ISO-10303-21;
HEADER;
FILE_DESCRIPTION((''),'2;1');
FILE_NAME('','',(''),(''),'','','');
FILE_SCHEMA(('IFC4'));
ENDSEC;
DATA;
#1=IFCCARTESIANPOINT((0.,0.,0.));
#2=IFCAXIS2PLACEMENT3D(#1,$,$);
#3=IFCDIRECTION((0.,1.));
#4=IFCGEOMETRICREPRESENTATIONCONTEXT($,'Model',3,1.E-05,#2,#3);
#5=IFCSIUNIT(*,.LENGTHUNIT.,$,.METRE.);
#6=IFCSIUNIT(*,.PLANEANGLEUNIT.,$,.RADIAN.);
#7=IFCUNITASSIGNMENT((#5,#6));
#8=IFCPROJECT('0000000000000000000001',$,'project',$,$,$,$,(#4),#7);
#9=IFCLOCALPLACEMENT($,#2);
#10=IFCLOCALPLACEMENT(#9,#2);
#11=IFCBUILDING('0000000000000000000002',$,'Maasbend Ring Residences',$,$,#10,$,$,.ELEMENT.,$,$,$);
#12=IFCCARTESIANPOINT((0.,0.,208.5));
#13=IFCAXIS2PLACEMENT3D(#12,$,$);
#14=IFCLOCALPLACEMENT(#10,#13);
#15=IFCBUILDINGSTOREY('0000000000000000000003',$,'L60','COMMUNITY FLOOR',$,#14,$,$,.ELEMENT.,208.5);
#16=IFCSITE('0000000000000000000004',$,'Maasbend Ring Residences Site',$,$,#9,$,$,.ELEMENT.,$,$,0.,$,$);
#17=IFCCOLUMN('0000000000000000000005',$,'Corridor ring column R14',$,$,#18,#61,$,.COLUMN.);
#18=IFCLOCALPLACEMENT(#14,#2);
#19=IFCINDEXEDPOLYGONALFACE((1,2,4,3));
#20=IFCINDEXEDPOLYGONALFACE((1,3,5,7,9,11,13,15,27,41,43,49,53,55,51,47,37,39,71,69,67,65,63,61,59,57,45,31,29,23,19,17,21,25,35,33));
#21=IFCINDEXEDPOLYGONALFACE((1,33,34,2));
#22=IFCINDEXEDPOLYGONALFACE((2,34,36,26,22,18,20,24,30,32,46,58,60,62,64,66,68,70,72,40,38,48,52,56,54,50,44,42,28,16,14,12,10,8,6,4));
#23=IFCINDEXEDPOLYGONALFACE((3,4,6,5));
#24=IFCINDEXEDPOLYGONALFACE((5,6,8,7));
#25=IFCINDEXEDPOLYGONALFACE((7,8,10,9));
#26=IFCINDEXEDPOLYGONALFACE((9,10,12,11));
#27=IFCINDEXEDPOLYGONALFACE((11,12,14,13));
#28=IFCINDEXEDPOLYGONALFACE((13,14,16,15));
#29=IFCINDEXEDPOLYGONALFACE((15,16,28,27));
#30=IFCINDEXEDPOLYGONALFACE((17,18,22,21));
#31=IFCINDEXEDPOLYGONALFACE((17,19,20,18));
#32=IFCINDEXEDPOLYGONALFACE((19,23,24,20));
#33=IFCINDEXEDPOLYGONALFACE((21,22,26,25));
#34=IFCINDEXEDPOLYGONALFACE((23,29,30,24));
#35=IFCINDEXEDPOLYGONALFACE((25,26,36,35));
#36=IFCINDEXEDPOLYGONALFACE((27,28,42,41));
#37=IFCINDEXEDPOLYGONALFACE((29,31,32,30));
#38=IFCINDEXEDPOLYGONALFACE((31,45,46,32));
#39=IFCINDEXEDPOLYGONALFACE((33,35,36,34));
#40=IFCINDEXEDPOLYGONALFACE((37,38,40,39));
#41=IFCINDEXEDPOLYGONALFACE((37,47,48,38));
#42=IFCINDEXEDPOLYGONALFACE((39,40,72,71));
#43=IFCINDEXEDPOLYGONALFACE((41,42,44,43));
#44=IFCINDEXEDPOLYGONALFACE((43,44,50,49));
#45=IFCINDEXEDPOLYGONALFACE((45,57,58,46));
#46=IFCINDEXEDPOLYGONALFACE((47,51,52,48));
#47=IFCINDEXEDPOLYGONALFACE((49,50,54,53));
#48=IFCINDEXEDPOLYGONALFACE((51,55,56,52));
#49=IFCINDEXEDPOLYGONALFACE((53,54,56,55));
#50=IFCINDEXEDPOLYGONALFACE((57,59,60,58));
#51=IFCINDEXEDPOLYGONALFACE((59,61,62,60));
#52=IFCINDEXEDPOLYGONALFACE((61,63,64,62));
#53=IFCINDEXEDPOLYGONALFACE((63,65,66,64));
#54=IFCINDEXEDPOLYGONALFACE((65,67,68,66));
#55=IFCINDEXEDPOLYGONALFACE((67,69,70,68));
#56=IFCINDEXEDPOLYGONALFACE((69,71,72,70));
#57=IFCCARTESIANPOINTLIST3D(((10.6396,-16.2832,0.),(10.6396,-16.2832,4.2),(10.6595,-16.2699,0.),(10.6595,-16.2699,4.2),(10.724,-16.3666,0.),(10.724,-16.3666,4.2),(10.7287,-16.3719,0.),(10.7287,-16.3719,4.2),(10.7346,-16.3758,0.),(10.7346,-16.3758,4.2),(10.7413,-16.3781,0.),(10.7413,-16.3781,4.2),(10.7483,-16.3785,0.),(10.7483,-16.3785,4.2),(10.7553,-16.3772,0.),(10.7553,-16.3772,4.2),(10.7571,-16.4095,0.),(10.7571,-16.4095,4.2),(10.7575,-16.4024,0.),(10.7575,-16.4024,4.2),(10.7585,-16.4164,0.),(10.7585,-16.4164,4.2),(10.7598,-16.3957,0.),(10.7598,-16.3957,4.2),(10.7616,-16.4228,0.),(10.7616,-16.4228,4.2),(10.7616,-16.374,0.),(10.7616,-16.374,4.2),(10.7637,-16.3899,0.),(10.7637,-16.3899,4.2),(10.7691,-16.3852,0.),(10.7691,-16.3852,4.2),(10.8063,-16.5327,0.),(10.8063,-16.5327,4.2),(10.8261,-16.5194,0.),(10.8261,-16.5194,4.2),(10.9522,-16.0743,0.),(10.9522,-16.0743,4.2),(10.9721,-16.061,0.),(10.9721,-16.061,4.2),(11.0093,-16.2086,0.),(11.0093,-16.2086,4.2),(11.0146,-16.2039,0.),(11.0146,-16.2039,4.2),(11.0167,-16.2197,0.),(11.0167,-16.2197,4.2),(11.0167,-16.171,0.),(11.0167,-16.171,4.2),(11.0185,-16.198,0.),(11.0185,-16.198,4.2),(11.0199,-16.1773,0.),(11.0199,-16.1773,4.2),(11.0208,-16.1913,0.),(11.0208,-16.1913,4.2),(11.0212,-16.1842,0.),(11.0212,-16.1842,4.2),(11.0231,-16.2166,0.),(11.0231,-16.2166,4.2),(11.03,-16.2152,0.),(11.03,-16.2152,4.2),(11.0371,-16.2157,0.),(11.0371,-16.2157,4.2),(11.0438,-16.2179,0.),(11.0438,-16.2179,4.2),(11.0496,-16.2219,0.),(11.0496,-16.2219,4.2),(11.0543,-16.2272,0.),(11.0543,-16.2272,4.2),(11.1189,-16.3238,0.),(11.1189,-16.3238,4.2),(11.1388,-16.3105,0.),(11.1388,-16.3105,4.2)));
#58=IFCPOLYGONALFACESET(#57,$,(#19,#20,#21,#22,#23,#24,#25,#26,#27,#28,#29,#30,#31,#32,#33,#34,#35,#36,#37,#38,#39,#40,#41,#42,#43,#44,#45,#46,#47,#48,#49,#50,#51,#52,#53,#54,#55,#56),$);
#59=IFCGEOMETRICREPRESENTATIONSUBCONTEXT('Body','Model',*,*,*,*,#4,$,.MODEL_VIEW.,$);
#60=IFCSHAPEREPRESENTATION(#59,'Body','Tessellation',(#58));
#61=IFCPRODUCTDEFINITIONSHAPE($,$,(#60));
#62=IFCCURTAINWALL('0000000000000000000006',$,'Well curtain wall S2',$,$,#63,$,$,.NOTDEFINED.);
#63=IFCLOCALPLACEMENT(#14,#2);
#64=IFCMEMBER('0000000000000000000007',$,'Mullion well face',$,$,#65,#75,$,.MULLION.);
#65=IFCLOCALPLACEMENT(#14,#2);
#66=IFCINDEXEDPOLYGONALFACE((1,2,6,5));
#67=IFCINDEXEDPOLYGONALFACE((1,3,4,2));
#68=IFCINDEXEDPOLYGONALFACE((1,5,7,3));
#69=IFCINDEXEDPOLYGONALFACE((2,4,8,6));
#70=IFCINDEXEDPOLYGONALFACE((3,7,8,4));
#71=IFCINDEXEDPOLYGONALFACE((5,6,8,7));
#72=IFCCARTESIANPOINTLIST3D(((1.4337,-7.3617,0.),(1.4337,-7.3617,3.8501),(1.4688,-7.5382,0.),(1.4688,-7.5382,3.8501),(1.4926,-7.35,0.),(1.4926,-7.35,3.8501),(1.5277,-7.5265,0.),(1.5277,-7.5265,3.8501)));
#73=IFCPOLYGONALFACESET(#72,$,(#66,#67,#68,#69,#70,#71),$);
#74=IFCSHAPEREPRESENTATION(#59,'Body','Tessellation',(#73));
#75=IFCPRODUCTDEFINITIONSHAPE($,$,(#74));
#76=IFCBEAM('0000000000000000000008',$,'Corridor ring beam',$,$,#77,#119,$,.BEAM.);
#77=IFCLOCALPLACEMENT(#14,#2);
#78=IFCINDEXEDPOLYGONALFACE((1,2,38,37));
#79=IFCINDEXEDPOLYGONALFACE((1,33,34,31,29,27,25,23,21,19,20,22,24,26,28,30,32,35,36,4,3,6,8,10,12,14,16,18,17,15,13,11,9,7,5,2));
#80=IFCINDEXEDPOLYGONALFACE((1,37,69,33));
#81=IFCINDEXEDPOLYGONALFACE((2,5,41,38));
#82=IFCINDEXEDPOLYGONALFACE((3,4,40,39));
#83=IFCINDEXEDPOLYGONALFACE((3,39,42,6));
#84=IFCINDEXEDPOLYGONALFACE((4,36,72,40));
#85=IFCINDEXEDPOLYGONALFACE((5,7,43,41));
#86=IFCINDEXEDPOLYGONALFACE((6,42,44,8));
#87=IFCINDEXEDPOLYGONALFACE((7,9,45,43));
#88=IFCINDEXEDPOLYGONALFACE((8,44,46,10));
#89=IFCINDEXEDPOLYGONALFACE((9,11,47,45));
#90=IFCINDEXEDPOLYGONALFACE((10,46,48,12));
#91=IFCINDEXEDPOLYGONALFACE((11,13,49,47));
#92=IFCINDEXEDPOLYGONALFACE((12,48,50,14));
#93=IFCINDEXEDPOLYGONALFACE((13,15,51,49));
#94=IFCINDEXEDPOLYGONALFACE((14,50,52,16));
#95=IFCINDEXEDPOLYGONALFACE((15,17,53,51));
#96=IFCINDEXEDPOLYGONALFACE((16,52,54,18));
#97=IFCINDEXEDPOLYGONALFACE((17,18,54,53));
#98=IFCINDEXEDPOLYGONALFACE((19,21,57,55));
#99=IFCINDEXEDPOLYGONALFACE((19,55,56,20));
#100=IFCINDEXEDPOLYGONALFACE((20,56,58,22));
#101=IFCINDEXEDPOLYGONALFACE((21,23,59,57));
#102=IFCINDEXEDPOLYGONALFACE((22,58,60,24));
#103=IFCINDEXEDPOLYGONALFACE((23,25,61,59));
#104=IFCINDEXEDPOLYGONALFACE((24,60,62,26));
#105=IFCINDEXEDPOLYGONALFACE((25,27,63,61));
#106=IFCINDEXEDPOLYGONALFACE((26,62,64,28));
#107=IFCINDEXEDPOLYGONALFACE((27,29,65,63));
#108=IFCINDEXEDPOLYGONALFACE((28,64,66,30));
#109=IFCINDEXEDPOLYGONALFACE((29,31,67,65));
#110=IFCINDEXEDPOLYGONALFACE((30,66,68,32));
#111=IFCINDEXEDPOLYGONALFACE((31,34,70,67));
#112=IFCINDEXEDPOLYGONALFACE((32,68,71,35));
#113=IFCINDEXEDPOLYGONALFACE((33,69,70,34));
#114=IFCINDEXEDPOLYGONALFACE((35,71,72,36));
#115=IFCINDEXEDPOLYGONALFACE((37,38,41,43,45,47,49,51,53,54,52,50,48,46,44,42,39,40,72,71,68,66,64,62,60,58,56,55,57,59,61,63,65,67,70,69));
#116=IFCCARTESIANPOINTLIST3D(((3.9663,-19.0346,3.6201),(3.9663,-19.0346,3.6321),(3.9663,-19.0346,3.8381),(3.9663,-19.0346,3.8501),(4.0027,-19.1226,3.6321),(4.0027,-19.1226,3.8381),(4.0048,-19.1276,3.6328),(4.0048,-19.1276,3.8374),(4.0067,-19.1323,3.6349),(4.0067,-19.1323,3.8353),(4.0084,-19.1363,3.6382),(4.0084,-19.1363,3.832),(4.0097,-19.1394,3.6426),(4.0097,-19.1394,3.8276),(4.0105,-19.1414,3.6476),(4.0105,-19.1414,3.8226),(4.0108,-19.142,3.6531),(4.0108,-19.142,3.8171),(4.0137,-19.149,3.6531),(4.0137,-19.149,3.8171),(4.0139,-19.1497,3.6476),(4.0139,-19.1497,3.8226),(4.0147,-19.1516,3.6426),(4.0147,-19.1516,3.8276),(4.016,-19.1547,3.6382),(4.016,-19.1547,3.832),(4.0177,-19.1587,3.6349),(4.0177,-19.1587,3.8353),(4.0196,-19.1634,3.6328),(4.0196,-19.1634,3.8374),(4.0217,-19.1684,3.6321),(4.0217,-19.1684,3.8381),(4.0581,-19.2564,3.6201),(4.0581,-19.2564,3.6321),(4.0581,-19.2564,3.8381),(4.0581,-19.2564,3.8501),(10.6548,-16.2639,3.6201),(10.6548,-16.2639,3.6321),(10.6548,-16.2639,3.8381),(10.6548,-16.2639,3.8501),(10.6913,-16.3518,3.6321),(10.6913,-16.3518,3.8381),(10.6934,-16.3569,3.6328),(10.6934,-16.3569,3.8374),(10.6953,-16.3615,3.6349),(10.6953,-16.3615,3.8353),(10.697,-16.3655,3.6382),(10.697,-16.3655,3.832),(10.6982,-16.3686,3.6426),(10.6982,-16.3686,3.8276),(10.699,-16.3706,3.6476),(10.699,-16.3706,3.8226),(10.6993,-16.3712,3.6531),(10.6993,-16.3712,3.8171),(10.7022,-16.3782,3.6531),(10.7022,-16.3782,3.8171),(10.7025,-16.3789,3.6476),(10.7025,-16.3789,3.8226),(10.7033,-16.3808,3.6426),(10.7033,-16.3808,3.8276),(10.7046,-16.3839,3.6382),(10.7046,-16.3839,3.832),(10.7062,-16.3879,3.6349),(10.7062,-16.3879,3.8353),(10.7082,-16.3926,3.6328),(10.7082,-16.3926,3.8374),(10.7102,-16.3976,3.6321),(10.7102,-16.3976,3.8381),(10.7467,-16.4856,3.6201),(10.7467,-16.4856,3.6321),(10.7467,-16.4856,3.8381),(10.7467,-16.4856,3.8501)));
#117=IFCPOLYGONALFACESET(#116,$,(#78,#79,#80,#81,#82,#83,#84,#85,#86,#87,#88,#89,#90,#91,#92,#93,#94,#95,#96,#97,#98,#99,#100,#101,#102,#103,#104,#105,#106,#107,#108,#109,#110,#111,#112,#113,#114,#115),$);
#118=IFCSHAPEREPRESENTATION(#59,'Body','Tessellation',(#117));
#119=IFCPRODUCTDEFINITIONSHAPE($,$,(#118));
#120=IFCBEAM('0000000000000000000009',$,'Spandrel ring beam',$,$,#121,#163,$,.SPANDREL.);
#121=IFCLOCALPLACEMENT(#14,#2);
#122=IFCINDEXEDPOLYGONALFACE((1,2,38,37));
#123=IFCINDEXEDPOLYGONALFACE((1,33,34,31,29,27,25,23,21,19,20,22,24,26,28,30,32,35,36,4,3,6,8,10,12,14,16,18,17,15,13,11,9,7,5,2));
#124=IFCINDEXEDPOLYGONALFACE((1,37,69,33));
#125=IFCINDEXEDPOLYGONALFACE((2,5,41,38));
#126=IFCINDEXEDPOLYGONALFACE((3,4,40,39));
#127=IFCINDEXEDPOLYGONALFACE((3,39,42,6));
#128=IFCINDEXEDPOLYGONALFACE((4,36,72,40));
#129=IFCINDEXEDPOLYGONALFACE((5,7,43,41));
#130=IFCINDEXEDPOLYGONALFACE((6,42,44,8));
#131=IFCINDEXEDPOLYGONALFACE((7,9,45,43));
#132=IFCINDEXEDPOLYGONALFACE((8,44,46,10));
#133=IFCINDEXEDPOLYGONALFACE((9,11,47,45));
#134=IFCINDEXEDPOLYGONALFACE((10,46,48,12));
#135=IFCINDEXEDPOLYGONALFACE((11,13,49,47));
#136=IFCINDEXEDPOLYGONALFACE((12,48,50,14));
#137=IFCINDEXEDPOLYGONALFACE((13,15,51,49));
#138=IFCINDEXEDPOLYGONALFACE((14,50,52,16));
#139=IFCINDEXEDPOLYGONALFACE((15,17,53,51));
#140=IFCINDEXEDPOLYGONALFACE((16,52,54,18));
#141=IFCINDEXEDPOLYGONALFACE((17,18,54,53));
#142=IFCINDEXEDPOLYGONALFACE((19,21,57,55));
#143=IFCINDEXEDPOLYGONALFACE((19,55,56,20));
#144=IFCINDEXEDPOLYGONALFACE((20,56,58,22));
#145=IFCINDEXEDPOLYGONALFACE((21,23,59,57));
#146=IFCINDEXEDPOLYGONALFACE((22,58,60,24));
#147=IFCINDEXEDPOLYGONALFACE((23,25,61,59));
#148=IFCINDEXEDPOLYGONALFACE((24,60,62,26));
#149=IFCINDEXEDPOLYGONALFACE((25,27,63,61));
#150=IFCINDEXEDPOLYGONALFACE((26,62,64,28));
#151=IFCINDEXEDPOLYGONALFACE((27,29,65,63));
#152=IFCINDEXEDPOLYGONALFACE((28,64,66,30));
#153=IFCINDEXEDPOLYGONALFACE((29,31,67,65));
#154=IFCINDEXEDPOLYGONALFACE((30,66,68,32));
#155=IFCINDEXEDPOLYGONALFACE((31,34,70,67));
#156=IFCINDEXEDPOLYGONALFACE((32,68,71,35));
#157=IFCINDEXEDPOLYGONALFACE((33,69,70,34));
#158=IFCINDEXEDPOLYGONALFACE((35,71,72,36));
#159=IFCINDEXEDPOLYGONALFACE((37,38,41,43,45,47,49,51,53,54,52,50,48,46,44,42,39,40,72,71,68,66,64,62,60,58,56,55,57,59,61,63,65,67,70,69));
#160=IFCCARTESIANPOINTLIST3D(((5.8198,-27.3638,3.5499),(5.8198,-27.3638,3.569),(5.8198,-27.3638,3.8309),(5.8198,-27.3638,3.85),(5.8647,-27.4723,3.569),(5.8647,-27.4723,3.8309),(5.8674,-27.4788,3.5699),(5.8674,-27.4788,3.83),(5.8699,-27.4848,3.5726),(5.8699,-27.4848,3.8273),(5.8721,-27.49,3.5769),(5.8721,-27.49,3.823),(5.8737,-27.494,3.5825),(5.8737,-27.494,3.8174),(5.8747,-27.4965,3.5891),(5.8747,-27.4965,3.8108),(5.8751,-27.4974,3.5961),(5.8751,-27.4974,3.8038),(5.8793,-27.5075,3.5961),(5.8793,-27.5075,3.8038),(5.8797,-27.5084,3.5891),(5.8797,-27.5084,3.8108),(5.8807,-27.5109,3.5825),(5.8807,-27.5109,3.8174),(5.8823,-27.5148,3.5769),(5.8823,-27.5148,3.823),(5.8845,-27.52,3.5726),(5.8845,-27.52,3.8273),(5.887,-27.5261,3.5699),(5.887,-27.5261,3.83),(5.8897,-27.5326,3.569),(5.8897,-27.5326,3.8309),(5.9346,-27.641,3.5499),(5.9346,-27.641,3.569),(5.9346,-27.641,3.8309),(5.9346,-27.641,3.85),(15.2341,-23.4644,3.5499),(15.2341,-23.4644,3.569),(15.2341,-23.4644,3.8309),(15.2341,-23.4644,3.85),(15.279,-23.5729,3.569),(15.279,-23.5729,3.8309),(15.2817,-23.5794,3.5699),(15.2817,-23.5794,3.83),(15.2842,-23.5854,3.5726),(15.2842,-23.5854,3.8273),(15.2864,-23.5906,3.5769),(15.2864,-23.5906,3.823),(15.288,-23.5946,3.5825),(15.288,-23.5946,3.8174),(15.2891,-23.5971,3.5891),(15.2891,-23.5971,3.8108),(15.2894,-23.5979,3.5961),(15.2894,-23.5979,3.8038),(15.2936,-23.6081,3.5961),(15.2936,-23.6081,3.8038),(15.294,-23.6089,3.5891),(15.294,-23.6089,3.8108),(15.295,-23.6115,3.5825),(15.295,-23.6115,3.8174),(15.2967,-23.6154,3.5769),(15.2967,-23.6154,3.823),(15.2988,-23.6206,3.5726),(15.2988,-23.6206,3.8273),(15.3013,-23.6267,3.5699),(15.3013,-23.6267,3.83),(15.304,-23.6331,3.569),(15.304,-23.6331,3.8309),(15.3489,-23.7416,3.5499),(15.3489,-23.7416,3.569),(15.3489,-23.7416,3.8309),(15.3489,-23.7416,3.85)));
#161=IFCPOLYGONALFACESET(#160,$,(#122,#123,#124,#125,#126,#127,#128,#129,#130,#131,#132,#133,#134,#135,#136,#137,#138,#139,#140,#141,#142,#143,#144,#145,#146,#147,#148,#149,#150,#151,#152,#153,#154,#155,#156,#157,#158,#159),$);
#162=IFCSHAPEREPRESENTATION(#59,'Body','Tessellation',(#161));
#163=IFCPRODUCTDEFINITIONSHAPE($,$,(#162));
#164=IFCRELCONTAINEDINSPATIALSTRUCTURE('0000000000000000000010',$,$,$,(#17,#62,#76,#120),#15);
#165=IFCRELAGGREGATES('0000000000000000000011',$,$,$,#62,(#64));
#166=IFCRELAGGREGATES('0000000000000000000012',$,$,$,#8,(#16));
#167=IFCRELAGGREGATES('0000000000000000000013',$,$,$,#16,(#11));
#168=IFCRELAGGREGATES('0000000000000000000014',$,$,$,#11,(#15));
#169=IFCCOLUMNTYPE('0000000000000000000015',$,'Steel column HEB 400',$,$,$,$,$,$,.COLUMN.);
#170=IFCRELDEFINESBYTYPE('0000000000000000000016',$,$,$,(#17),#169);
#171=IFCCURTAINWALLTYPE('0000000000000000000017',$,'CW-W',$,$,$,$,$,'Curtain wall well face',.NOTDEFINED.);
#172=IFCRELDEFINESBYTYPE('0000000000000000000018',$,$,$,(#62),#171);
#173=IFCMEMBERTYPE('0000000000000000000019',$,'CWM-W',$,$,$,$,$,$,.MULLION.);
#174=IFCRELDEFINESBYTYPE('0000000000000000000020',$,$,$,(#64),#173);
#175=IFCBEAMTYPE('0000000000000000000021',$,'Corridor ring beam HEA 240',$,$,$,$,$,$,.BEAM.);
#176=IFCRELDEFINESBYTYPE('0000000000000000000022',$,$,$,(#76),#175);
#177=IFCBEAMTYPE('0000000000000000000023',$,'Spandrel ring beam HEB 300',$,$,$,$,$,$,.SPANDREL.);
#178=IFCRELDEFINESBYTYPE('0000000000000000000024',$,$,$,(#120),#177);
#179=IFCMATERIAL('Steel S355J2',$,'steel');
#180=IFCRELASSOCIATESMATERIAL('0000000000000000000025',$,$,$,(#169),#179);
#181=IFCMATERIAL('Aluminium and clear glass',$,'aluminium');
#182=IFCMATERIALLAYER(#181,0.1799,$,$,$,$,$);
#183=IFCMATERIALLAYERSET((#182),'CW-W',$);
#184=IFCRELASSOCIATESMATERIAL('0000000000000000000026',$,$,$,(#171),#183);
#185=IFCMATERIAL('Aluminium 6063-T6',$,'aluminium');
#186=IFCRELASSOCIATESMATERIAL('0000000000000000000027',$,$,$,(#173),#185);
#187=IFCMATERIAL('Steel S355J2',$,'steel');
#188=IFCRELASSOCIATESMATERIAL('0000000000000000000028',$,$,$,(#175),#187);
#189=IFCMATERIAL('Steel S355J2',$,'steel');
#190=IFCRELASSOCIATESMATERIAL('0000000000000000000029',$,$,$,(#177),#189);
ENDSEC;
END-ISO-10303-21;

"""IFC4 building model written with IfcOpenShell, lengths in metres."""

from ifc_helpers import new_model, si_unit, direction, frame, origin, origin_2d, place, context, subcontext, project, spatial, rectangle, i_section, extrude, material, layer, layer_set, material_profile, profile_set, type_object, element, aggregate, save


model = new_model("IFC4")

# Units and contexts
model_context = context("Model", 3, precision=1e-05, world=origin(), true_north=direction((0.0, 1.0)))
body_context = subcontext(model_context, "Body", "Model", "MODEL_VIEW")
ifc_project = project(units=[si_unit("LENGTHUNIT", "METRE"), si_unit("PLANEANGLEUNIT", "RADIAN")], contexts=[model_context])

# Site, building, storey
site_placement = place(None, origin())
site = spatial("IfcSite", under=ifc_project, at=site_placement, Name="Maasbend Ring Residences Site", CompositionType="ELEMENT", RefElevation=0.0)
building_placement = place(site_placement, origin())
building = spatial("IfcBuilding", under=site, at=building_placement, Name="Maasbend Ring Residences", CompositionType="ELEMENT")
storey_placement = place(building_placement, frame((0.0, 0.0, 208.5)))
storey = spatial("IfcBuildingStorey", under=building, at=storey_placement, Name="L60", Description="COMMUNITY FLOOR", CompositionType="ELEMENT", Elevation=208.5)

# Column
ifc_material_1 = material(Name="Steel S355J2", Category="steel")
ifc_material_profile_1 = material_profile(ifc_material_1, i_section(OverallWidth=0.3, OverallDepth=0.3999, WebThickness=0.0134, FlangeThickness=0.0239, FilletRadius=0.0271, at=origin_2d()), Name="HEB 400")
ifc_profile_set_1 = profile_set([ifc_material_profile_1], Name="Steel S355J2")
column_type_1 = type_object("IfcColumnType", Name="Steel column HEB 400", PredefinedType="COLUMN", material=ifc_profile_set_1)
for number, where, z_axis, x_axis, name in (
    (1, (10.8892, -16.2969, 0.0), (0.0, 0.0, 1.0), (0.55557, -0.83147, 0.0), "Corridor ring column R14"),
):
    element("IfcColumn", number, at=place(storey_placement, frame(where, z_axis=z_axis, x_axis=x_axis)), inside=storey, type_object=column_type_1, Name=name, PredefinedType="COLUMN", context=body_context, shape_type="SweptSolid", body=[
        extrude(i_section(OverallWidth=0.3, OverallDepth=0.3999, WebThickness=0.0134, FlangeThickness=0.0239, FilletRadius=0.0271, at=origin_2d()), origin(), (0.0, 0.0, 1.0), 4.2),
    ])

# Curtain wall, member
ifc_material_2 = material(Name="Aluminium and clear glass", Category="aluminium")
ifc_layer_1 = layer(ifc_material_2, 0.1799)
ifc_layer_set_1 = layer_set([ifc_layer_1], Name="CW-W")
curtain_wall_type = type_object("IfcCurtainWallType", Name="CW-W", ElementType="Curtain wall well face", PredefinedType="NOTDEFINED", material=ifc_layer_set_1)
curtain_wall_placement = place(storey_placement, origin())
curtain_wall = element("IfcCurtainWall", 2, at=curtain_wall_placement, inside=storey, type_object=curtain_wall_type, Name="Well curtain wall S2", PredefinedType="NOTDEFINED")
ifc_material_3 = material(Name="Aluminium 6063-T6", Category="aluminium")
ifc_material_profile_2 = material_profile(ifc_material_3, rectangle(XDim=0.1799, YDim=0.0601, at=origin_2d()), Name="AL 180x60")
ifc_profile_set_2 = profile_set([ifc_material_profile_2], Name="Aluminium 6063-T6")
member_type = type_object("IfcMemberType", Name="CWM-W", PredefinedType="MULLION", material=ifc_profile_set_2)
member_placement = place(storey_placement, frame((1.4807, -7.4441, 0.0), z_axis=(0.0, 0.0, 1.0), x_axis=(-0.19509, 0.980785, 0.0)))
member = element("IfcMember", 3, at=member_placement, type_object=member_type, Name="Mullion well face", PredefinedType="MULLION", context=body_context, shape_type="SweptSolid", body=[
    extrude(rectangle(XDim=0.1799, YDim=0.0601, at=origin_2d()), origin(), (0.0, 0.0, 1.0), 3.8501),
])
aggregate(curtain_wall, [member])

# Beams
ifc_material_4 = material(Name="Steel S355J2", Category="steel")
ifc_material_profile_3 = material_profile(ifc_material_4, i_section(OverallWidth=0.24, OverallDepth=0.23, WebThickness=0.0076, FlangeThickness=0.012, FilletRadius=0.021, at=origin_2d()), Name="HEA 240")
ifc_profile_set_3 = profile_set([ifc_material_profile_3], Name="Steel S355J2")
beam_type_1 = type_object("IfcBeamType", Name="Corridor ring beam HEA 240", PredefinedType="BEAM", material=ifc_profile_set_3)
beam_1_placement = place(storey_placement, frame((4.0122, -19.1455, 3.7351), z_axis=(0.923865, 0.382718, 0.0), x_axis=(-0.382718, 0.923865, 0.0)))
element("IfcBeam", 4, at=beam_1_placement, inside=storey, type_object=beam_type_1, Name="Corridor ring beam", PredefinedType="BEAM", context=body_context, shape_type="SweptSolid", body=[
    extrude(i_section(OverallWidth=0.24, OverallDepth=0.23, WebThickness=0.0076, FlangeThickness=0.012, FilletRadius=0.021, at=origin_2d()), origin(), (0.0, 0.0, 1.0), 7.2397),
])
ifc_material_5 = material(Name="Steel S355J2", Category="steel")
ifc_material_profile_4 = material_profile(ifc_material_5, i_section(OverallWidth=0.3, OverallDepth=0.3, WebThickness=0.011, FlangeThickness=0.019, FilletRadius=0.0271, at=origin_2d()), Name="HEB 300")
ifc_profile_set_4 = profile_set([ifc_material_profile_4], Name="Steel S355J2")
beam_type_2 = type_object("IfcBeamType", Name="Spandrel ring beam HEB 300", PredefinedType="SPANDREL", material=ifc_profile_set_4)
beam_2_placement = place(storey_placement, frame((5.8772, -27.5024, 3.7), z_axis=(0.923884, 0.382673, 0.0), x_axis=(-0.382673, 0.923884, 0.0)))
element("IfcBeam", 5, at=beam_2_placement, inside=storey, type_object=beam_type_2, Name="Spandrel ring beam", PredefinedType="SPANDREL", context=body_context, shape_type="SweptSolid", body=[
    extrude(i_section(OverallWidth=0.3, OverallDepth=0.3, WebThickness=0.011, FlangeThickness=0.019, FilletRadius=0.0271, at=origin_2d()), origin(), (0.0, 0.0, 1.0), 10.1899),
])

save(model, "model.ifc")
